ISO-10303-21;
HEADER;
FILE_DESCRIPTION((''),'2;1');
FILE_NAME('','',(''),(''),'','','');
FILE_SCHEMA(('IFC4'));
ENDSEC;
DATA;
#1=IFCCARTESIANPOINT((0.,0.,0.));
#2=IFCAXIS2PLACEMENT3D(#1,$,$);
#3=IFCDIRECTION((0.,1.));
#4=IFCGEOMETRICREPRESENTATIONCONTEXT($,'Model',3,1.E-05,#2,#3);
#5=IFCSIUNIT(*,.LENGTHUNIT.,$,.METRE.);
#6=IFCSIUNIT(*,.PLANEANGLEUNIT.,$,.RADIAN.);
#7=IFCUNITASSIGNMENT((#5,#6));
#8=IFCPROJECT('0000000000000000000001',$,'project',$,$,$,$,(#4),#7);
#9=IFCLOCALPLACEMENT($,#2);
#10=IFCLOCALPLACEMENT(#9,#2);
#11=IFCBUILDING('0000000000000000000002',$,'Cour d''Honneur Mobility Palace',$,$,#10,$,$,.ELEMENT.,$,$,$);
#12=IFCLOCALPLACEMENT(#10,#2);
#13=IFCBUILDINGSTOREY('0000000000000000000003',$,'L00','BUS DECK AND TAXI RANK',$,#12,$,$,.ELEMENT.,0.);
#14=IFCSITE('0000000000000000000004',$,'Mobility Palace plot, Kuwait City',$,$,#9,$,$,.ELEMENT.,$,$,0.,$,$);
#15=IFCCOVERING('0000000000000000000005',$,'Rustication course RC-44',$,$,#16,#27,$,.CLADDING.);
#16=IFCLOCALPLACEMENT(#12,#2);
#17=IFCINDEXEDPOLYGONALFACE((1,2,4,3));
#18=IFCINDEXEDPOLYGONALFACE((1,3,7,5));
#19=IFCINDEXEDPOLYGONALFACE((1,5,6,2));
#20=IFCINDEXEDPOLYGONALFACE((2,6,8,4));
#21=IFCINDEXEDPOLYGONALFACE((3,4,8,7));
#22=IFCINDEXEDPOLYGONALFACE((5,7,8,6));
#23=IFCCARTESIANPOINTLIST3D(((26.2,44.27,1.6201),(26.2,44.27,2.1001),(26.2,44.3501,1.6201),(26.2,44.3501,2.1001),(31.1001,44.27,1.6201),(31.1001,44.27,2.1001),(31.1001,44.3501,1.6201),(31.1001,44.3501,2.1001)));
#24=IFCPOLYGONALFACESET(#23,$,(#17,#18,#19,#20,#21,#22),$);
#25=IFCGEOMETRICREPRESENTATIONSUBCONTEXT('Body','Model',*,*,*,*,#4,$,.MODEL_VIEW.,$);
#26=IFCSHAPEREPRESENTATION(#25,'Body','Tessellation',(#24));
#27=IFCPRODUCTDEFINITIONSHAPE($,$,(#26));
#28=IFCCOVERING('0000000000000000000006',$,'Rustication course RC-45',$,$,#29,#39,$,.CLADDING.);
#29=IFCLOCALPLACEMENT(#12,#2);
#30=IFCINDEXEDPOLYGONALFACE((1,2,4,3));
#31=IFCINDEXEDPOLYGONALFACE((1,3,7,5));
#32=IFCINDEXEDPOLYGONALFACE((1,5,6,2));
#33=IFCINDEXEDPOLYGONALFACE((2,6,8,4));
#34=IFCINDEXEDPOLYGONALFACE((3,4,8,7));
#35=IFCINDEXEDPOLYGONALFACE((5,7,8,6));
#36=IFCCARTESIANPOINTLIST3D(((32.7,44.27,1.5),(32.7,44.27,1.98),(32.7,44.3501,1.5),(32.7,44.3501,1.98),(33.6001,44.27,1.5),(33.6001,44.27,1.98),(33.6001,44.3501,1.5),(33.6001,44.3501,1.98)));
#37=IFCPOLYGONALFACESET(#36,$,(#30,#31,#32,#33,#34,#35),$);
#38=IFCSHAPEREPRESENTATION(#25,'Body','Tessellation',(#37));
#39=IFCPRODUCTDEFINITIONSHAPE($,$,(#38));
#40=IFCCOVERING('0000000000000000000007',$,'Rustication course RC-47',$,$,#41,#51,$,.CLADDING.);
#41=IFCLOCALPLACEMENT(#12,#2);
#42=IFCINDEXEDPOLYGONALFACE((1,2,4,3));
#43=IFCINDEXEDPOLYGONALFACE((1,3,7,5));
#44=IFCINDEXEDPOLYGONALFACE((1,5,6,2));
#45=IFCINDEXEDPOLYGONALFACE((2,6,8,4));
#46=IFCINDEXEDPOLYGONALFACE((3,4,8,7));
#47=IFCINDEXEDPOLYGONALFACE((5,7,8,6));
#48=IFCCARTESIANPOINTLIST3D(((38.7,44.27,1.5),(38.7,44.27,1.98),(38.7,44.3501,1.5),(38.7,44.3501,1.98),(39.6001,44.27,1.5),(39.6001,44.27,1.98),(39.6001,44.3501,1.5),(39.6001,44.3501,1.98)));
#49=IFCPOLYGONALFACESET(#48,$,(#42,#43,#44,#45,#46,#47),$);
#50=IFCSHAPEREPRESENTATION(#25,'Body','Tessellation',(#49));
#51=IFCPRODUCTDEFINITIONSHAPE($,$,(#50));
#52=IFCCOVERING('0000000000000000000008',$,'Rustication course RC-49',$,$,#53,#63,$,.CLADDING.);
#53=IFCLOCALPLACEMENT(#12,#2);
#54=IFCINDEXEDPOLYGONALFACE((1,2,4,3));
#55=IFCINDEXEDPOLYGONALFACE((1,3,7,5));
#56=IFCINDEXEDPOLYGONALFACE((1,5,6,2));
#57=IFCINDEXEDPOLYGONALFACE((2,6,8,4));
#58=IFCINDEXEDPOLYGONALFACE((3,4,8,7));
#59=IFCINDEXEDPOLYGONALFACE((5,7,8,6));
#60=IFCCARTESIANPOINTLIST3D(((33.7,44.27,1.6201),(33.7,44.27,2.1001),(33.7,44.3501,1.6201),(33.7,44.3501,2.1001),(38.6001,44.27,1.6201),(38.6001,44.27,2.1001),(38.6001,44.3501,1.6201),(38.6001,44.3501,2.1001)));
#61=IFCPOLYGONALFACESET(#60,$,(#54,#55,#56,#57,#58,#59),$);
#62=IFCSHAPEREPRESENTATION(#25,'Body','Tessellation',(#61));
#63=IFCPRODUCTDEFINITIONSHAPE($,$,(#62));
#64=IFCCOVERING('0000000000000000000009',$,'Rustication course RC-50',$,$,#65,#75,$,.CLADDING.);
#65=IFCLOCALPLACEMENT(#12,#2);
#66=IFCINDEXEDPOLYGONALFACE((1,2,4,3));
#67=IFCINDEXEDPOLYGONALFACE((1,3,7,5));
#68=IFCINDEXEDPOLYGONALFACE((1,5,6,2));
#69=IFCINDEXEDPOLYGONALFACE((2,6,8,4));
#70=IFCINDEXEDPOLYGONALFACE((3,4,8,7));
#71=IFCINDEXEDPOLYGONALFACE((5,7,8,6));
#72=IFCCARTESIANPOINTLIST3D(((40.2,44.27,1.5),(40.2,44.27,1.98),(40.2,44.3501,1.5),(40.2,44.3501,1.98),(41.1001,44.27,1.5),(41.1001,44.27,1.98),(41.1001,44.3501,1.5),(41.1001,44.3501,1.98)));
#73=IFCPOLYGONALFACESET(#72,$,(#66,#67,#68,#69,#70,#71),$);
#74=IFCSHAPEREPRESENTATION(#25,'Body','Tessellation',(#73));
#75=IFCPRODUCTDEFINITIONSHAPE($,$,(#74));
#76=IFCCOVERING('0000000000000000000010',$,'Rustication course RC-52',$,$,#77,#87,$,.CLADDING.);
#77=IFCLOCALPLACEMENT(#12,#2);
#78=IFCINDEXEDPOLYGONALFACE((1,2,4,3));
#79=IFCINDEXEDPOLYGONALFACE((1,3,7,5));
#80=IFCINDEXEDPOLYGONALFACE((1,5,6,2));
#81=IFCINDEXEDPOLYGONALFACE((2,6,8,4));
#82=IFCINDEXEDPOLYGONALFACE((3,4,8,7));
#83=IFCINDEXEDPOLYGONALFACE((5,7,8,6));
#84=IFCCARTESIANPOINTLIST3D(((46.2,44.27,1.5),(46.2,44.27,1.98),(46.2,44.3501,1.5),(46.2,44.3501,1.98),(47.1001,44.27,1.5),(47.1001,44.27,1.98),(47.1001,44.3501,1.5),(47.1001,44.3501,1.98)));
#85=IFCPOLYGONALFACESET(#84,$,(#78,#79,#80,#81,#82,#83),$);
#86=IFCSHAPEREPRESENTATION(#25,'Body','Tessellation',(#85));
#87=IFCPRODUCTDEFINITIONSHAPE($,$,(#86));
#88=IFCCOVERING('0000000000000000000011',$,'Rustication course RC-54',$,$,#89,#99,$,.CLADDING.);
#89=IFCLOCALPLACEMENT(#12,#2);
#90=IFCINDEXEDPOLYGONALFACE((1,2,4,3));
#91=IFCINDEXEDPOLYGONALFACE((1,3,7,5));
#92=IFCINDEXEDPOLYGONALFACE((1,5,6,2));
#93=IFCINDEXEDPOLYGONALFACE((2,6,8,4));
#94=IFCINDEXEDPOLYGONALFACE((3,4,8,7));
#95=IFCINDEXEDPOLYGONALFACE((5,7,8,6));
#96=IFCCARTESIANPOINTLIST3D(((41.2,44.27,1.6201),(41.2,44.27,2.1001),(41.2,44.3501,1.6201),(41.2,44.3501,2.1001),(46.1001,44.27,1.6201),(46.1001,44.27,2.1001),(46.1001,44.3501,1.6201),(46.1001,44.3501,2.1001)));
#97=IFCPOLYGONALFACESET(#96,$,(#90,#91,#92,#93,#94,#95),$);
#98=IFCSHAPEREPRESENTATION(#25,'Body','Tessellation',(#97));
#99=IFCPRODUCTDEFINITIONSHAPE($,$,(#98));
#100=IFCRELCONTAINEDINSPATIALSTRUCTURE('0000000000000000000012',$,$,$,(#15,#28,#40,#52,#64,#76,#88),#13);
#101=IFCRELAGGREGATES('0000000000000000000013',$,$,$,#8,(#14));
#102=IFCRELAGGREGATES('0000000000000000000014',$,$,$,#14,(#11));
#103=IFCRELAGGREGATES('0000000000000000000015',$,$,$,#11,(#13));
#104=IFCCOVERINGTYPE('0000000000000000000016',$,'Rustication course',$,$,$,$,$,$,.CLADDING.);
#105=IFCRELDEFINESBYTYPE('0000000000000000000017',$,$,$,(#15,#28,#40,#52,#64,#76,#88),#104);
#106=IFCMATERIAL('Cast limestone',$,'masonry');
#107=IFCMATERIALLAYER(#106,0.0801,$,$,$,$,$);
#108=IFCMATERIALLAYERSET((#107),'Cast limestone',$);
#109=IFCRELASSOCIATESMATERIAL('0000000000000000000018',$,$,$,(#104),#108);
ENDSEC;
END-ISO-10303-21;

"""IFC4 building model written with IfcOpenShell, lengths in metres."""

from ifc_helpers import new_model, si_unit, direction, frame, origin, place, context, subcontext, project, spatial, polyline, outline, extrude, material, layer, layer_set, type_object, element, save


model = new_model("IFC4")

# Units and contexts
model_context = context("Model", 3, precision=1e-05, world=origin(), true_north=direction((0.0, 1.0)))
body_context = subcontext(model_context, "Body", "Model", "MODEL_VIEW")
ifc_project = project(units=[si_unit("LENGTHUNIT", "METRE"), si_unit("PLANEANGLEUNIT", "RADIAN")], contexts=[model_context])

# Site, building, storey
site_placement = place(None, origin())
site = spatial("IfcSite", under=ifc_project, at=site_placement, Name="Mobility Palace plot, Kuwait City", CompositionType="ELEMENT", RefElevation=0.0)
building_placement = place(site_placement, origin())
building = spatial("IfcBuilding", under=site, at=building_placement, Name="Cour d'Honneur Mobility Palace", CompositionType="ELEMENT")
storey_placement = place(building_placement, origin())
storey = spatial("IfcBuildingStorey", under=building, at=storey_placement, Name="L00", Description="BUS DECK AND TAXI RANK", CompositionType="ELEMENT", Elevation=0.0)

# Coverings
ifc_material = material(Name="Cast limestone", Category="masonry")
ifc_layer = layer(ifc_material, 0.0801)
ifc_layer_set = layer_set([ifc_layer], Name="Cast limestone")
covering_type = type_object("IfcCoveringType", Name="Rustication course", PredefinedType="CLADDING", material=ifc_layer_set)
covering_1_placement = place(storey_placement, frame((0.0, 0.0, 1.6201)))
element("IfcCovering", 1, at=covering_1_placement, inside=storey, type_object=covering_type, Name="Rustication course RC-44", PredefinedType="CLADDING", context=body_context, shape_type="SweptSolid", body=[
    extrude(outline(polyline([(26.2, 44.3501), (31.1001, 44.3501), (31.1001, 44.27), (26.2, 44.27), (26.2, 44.3501)])), origin(), (0.0, 0.0, 1.0), 0.48),
])
covering_2_placement = place(storey_placement, frame((0.0, 0.0, 1.5)))
element("IfcCovering", 2, at=covering_2_placement, inside=storey, type_object=covering_type, Name="Rustication course RC-45", PredefinedType="CLADDING", context=body_context, shape_type="SweptSolid", body=[
    extrude(outline(polyline([(32.7, 44.3501), (33.6001, 44.3501), (33.6001, 44.27), (32.7, 44.27), (32.7, 44.3501)])), origin(), (0.0, 0.0, 1.0), 0.48),
])
covering_3_placement = place(storey_placement, frame((0.0, 0.0, 1.5)))
element("IfcCovering", 3, at=covering_3_placement, inside=storey, type_object=covering_type, Name="Rustication course RC-47", PredefinedType="CLADDING", context=body_context, shape_type="SweptSolid", body=[
    extrude(outline(polyline([(38.7, 44.3501), (39.6001, 44.3501), (39.6001, 44.27), (38.7, 44.27), (38.7, 44.3501)])), origin(), (0.0, 0.0, 1.0), 0.48),
])
covering_4_placement = place(storey_placement, frame((0.0, 0.0, 1.6201)))
element("IfcCovering", 4, at=covering_4_placement, inside=storey, type_object=covering_type, Name="Rustication course RC-49", PredefinedType="CLADDING", context=body_context, shape_type="SweptSolid", body=[
    extrude(outline(polyline([(33.7, 44.3501), (38.6001, 44.3501), (38.6001, 44.27), (33.7, 44.27), (33.7, 44.3501)])), origin(), (0.0, 0.0, 1.0), 0.48),
])
covering_5_placement = place(storey_placement, frame((0.0, 0.0, 1.5)))
element("IfcCovering", 5, at=covering_5_placement, inside=storey, type_object=covering_type, Name="Rustication course RC-50", PredefinedType="CLADDING", context=body_context, shape_type="SweptSolid", body=[
    extrude(outline(polyline([(40.2, 44.3501), (41.1001, 44.3501), (41.1001, 44.27), (40.2, 44.27), (40.2, 44.3501)])), origin(), (0.0, 0.0, 1.0), 0.48),
])
covering_6_placement = place(storey_placement, frame((0.0, 0.0, 1.5)))
element("IfcCovering", 6, at=covering_6_placement, inside=storey, type_object=covering_type, Name="Rustication course RC-52", PredefinedType="CLADDING", context=body_context, shape_type="SweptSolid", body=[
    extrude(outline(polyline([(46.2, 44.3501), (47.1001, 44.3501), (47.1001, 44.27), (46.2, 44.27), (46.2, 44.3501)])), origin(), (0.0, 0.0, 1.0), 0.48),
])
covering_7_placement = place(storey_placement, frame((0.0, 0.0, 1.6201)))
element("IfcCovering", 7, at=covering_7_placement, inside=storey, type_object=covering_type, Name="Rustication course RC-54", PredefinedType="CLADDING", context=body_context, shape_type="SweptSolid", body=[
    extrude(outline(polyline([(41.2, 44.3501), (46.1001, 44.3501), (46.1001, 44.27), (41.2, 44.27), (41.2, 44.3501)])), origin(), (0.0, 0.0, 1.0), 0.48),
])

save(model, "model.ifc")
